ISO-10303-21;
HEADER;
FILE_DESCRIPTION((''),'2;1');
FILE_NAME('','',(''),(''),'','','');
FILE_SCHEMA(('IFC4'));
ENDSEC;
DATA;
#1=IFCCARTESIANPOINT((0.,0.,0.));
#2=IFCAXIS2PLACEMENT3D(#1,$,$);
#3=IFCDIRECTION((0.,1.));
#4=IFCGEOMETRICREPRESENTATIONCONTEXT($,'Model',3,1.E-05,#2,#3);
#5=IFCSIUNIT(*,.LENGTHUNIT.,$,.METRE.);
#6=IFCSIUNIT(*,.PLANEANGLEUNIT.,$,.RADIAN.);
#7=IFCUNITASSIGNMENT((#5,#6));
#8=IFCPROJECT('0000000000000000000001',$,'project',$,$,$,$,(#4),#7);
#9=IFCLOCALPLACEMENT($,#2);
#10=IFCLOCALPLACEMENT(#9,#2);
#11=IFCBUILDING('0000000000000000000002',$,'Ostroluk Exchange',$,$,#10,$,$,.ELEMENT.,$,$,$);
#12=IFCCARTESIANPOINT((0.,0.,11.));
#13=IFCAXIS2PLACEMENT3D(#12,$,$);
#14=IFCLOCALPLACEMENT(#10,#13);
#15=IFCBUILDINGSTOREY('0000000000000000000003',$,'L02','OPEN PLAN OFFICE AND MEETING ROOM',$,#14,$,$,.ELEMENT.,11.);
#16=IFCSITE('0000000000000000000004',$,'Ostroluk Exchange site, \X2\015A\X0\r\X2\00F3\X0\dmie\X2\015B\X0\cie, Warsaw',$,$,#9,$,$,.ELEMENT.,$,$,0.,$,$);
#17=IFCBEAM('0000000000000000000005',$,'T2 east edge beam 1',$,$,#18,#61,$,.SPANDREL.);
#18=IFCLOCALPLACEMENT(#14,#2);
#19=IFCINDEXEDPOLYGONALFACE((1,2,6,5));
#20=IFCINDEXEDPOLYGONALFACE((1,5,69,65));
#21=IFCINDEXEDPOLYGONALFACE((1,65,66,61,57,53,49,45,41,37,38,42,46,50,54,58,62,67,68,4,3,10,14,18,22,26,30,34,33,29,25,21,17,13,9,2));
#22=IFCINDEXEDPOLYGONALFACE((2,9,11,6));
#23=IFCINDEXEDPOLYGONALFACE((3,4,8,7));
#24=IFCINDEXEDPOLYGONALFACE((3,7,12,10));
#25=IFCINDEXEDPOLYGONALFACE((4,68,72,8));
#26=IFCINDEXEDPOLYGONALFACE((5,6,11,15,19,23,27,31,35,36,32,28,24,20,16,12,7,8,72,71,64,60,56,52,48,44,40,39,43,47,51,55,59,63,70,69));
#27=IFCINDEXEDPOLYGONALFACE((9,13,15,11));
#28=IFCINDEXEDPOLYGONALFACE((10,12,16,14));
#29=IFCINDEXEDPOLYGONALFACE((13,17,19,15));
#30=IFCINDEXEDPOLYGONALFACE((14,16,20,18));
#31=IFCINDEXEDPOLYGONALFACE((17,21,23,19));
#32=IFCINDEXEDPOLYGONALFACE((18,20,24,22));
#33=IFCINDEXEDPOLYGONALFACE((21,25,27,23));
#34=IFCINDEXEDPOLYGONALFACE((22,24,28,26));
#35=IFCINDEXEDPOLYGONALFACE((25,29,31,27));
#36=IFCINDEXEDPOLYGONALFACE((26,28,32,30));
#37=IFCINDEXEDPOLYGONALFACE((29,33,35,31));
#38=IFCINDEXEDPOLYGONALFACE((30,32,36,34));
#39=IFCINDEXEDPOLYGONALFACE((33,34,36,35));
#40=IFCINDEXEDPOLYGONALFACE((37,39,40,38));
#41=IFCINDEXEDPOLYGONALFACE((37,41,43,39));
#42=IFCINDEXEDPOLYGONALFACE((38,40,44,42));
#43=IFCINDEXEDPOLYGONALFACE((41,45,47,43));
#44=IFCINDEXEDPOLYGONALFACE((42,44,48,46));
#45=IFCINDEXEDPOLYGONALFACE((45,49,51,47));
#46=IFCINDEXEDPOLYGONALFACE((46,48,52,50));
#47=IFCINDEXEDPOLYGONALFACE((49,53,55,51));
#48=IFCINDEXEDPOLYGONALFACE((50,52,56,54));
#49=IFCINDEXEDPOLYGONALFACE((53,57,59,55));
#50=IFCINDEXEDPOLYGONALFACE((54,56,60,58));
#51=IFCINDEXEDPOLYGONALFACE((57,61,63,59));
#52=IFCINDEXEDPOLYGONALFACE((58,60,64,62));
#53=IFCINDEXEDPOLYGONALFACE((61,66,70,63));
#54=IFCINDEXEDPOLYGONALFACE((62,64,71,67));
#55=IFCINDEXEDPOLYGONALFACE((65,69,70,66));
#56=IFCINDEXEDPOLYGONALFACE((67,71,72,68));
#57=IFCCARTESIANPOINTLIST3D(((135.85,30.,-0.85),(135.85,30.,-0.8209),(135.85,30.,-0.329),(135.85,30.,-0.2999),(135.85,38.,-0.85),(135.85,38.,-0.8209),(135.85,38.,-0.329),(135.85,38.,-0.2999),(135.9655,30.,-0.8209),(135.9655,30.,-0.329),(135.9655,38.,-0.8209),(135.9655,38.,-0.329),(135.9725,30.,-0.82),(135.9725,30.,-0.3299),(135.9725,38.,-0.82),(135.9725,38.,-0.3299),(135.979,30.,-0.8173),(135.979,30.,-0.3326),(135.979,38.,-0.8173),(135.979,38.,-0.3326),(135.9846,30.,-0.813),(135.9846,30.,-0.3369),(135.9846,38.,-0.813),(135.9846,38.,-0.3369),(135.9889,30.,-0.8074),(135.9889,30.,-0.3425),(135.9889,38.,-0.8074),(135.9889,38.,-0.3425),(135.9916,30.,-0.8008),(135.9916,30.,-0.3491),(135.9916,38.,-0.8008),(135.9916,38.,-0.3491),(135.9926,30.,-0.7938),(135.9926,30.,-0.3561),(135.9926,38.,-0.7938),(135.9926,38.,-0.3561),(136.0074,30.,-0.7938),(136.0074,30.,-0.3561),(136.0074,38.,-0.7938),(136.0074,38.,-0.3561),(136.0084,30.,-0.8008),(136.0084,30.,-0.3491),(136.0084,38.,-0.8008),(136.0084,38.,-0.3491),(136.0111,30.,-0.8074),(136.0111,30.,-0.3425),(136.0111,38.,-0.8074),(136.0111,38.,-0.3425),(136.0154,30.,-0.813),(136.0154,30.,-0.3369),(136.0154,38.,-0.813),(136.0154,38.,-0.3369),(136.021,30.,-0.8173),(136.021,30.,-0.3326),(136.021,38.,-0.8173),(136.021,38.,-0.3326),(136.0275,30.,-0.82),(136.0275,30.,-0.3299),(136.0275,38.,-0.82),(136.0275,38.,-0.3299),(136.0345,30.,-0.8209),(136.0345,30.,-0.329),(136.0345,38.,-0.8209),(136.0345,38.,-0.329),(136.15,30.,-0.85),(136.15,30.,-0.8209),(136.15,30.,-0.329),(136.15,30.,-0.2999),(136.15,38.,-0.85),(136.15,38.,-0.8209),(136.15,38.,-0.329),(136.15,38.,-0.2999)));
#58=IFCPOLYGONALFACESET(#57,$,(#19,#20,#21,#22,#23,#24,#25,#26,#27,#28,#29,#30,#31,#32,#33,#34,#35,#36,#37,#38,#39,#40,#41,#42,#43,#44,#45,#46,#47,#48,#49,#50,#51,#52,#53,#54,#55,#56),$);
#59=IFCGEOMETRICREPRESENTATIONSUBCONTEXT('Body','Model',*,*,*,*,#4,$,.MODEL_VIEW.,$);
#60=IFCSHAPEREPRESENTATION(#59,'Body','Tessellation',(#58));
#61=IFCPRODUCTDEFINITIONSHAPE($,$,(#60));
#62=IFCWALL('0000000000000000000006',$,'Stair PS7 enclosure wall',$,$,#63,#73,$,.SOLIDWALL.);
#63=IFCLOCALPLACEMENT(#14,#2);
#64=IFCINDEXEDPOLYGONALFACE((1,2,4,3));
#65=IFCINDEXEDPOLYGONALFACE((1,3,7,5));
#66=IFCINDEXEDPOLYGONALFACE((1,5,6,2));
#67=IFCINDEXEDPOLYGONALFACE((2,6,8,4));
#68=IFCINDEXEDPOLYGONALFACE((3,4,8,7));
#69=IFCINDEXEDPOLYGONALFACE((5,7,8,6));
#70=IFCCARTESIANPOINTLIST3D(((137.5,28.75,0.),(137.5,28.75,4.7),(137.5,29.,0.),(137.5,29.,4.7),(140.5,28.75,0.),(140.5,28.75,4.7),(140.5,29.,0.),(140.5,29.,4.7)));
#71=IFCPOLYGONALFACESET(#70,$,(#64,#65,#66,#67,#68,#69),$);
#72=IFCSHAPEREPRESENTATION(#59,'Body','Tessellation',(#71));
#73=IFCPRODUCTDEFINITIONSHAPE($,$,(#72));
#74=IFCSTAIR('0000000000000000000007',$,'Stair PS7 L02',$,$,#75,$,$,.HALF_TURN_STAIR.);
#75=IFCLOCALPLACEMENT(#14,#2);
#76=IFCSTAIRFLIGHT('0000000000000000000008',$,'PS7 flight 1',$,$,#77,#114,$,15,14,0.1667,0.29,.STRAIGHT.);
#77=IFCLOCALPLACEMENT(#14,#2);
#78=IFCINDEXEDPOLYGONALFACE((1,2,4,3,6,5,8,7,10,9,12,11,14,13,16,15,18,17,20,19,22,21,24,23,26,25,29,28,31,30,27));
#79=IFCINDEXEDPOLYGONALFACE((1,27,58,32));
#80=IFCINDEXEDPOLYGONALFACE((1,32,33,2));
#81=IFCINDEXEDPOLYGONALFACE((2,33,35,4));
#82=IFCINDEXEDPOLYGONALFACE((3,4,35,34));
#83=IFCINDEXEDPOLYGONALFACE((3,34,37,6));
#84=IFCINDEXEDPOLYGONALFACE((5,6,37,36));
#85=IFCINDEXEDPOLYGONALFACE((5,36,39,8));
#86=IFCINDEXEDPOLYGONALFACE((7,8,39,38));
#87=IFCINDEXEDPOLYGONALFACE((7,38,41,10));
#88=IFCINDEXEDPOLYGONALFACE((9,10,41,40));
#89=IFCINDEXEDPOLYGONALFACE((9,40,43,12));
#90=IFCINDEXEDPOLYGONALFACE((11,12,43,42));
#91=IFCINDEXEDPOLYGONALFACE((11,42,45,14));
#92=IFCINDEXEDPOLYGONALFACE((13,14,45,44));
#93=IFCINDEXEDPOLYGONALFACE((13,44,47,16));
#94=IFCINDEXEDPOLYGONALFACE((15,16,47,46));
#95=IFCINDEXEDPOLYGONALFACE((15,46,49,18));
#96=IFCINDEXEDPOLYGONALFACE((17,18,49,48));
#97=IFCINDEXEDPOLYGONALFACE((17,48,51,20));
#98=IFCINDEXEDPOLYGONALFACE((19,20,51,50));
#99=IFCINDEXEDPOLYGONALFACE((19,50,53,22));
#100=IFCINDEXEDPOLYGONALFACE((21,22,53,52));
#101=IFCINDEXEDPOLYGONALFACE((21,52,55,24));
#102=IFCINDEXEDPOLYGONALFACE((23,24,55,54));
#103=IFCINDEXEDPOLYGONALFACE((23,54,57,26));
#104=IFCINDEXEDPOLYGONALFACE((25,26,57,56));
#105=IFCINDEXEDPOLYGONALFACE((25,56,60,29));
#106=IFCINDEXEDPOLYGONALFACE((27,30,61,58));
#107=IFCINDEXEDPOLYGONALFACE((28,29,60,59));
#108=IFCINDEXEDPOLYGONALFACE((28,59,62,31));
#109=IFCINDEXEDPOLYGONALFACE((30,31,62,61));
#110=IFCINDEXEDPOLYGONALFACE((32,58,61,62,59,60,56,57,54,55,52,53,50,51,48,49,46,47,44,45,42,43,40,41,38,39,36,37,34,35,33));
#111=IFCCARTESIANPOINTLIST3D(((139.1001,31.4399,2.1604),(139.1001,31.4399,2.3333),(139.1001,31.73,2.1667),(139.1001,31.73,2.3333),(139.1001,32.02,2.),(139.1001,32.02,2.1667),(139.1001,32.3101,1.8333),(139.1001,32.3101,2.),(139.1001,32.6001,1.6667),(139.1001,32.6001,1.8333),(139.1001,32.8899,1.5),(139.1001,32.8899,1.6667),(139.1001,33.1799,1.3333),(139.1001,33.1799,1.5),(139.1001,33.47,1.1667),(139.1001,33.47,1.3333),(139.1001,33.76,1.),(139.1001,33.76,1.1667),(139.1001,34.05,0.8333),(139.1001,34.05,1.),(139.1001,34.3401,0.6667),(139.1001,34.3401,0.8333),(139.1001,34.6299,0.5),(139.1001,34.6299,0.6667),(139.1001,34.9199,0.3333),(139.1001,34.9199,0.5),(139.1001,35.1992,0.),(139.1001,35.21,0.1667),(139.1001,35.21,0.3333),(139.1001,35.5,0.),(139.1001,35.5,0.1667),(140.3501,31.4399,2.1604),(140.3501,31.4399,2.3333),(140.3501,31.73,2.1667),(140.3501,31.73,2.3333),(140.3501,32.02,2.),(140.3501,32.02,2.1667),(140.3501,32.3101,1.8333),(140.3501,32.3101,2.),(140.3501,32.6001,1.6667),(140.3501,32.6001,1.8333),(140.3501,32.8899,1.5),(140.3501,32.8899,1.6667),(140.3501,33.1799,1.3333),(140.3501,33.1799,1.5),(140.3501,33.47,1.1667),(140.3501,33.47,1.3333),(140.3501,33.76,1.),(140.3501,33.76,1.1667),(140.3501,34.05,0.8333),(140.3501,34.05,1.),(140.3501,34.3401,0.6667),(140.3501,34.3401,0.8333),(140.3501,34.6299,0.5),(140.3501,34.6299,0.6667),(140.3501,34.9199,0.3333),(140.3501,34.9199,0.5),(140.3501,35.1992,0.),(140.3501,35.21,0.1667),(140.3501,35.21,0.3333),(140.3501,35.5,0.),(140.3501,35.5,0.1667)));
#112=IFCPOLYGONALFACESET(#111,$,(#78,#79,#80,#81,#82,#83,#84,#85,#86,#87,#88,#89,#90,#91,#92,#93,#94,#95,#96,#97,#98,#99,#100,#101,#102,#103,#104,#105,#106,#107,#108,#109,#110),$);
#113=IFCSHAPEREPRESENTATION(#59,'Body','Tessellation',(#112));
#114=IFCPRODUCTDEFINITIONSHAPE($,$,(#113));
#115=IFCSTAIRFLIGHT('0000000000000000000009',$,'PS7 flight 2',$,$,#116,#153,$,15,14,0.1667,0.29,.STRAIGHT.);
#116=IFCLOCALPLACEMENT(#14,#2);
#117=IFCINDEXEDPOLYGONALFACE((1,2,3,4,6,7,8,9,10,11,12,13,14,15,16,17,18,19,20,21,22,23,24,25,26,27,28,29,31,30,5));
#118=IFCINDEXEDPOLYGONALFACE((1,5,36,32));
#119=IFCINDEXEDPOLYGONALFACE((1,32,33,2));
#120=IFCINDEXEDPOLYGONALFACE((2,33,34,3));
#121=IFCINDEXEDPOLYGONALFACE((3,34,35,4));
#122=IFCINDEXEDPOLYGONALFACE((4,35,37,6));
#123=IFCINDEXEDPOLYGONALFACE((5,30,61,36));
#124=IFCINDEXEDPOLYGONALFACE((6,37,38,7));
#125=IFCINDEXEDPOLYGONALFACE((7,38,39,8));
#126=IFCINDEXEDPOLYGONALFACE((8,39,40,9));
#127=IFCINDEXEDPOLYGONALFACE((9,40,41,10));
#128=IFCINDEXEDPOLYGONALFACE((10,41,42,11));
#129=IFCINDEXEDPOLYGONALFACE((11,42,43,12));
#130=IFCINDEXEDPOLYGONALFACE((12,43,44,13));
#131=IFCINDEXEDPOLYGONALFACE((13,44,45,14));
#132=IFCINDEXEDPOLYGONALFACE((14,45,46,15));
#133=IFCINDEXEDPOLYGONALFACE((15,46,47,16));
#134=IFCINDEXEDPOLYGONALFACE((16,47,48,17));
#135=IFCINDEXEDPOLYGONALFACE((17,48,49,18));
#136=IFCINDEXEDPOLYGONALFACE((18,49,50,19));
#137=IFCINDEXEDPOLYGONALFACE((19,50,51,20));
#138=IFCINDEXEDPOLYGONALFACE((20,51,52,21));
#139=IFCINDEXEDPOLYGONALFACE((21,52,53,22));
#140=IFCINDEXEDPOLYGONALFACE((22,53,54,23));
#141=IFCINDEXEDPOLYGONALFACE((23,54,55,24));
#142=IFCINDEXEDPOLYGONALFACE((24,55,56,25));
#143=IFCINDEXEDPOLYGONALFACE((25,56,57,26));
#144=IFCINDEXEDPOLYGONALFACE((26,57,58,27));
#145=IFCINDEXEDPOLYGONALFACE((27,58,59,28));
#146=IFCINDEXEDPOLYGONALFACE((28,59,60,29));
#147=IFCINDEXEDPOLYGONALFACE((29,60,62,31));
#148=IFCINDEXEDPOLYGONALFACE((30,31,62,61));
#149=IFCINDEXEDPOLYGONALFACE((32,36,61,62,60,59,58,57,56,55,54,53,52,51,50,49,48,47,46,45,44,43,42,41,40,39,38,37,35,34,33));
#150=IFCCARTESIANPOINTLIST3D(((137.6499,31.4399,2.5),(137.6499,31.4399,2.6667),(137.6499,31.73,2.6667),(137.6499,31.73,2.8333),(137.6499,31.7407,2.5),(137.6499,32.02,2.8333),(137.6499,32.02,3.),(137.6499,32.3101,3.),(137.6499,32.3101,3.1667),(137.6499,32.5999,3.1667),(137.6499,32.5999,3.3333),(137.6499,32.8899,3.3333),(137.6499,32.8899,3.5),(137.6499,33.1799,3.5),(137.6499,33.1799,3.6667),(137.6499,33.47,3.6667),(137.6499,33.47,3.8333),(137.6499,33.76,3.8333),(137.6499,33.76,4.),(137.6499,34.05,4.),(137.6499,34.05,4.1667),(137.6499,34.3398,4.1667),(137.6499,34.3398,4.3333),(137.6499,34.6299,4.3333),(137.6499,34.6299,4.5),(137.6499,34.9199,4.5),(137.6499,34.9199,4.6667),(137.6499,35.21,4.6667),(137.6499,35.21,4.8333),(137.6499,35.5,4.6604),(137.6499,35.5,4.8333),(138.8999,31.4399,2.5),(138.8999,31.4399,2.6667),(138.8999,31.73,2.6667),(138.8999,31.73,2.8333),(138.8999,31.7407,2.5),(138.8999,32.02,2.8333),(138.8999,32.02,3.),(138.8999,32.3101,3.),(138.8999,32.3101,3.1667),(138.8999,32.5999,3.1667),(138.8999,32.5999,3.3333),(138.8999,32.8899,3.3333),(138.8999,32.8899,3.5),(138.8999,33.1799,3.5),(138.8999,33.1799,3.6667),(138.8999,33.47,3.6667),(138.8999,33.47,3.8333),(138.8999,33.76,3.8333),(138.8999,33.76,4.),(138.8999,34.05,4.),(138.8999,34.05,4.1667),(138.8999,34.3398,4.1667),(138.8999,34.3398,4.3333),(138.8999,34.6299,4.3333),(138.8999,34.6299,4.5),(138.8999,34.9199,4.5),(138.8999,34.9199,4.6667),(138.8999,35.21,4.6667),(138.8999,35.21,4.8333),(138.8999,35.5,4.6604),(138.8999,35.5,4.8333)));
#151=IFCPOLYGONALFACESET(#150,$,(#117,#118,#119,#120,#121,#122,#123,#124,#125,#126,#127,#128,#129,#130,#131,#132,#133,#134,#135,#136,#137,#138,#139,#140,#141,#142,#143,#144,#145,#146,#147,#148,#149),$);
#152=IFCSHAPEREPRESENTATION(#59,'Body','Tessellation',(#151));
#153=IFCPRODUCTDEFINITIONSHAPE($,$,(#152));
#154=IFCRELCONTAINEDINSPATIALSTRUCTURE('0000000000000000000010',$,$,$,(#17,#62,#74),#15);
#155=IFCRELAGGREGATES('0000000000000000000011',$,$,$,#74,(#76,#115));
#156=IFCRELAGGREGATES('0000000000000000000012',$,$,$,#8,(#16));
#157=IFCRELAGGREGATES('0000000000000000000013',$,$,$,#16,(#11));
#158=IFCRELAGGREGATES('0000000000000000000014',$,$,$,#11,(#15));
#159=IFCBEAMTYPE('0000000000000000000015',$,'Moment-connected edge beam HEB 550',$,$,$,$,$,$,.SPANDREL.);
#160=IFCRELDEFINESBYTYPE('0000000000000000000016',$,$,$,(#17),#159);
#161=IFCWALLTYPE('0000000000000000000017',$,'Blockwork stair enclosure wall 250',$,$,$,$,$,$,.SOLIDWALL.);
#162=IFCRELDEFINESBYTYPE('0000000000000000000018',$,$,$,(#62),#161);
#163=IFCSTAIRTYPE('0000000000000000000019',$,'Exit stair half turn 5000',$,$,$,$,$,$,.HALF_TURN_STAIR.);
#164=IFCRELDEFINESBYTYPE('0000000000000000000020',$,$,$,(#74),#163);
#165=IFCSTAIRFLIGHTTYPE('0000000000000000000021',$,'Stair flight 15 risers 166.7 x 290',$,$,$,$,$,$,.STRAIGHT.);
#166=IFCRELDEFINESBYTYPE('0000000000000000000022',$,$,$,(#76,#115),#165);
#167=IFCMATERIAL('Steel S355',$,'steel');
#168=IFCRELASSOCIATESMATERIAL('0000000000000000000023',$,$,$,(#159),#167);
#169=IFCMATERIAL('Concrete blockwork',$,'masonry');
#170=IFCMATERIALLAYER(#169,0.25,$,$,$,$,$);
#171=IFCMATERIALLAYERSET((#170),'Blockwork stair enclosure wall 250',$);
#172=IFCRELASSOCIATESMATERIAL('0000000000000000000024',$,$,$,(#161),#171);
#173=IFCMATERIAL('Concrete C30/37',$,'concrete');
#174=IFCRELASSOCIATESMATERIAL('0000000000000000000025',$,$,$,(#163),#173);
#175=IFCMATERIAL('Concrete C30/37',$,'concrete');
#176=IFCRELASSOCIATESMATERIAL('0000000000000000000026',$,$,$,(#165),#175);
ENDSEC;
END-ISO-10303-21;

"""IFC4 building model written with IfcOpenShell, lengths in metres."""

from ifc_helpers import new_model, si_unit, direction, frame, frame_2d, origin, origin_2d, place, context, subcontext, project, spatial, polyline, rectangle, i_section, outline, extrude, material, layer, layer_set, material_profile, profile_set, type_object, element, aggregate, save


model = new_model("IFC4")

# Units and contexts
model_context = context("Model", 3, precision=1e-05, world=origin(), true_north=direction((0.0, 1.0)))
body_context = subcontext(model_context, "Body", "Model", "MODEL_VIEW")
ifc_project = project(units=[si_unit("LENGTHUNIT", "METRE"), si_unit("PLANEANGLEUNIT", "RADIAN")], contexts=[model_context])

# Site, building, storey
site_placement = place(None, origin())
site = spatial("IfcSite", under=ifc_project, at=site_placement, Name="Ostroluk Exchange site, Śródmieście, Warsaw", CompositionType="ELEMENT", RefElevation=0.0)
building_placement = place(site_placement, origin())
building = spatial("IfcBuilding", under=site, at=building_placement, Name="Ostroluk Exchange", CompositionType="ELEMENT")
storey_placement = place(building_placement, frame((0.0, 0.0, 11.0)))
storey = spatial("IfcBuildingStorey", under=building, at=storey_placement, Name="L02", Description="OPEN PLAN OFFICE AND MEETING ROOM", CompositionType="ELEMENT", Elevation=11.0)

# Beam
ifc_material_1 = material(Name="Steel S355", Category="steel")
ifc_material_profile_1 = material_profile(ifc_material_1, i_section(OverallWidth=0.3, OverallDepth=0.55, WebThickness=0.0149, FlangeThickness=0.0291, FilletRadius=0.0271, at=origin_2d()), Name="HEB 550")
ifc_profile_set_1 = profile_set([ifc_material_profile_1], Name="Steel S355")
beam_type_1 = type_object("IfcBeamType", Name="Moment-connected edge beam HEB 550", PredefinedType="SPANDREL", material=ifc_profile_set_1)
beam_placement = place(storey_placement, frame((136.0, 30.0, -0.575), z_axis=(0.0, 1.0, 0.0), x_axis=(-1.0, 0.0, 0.0)))
element("IfcBeam", 1, at=beam_placement, inside=storey, type_object=beam_type_1, Name="T2 east edge beam 1", PredefinedType="SPANDREL", context=body_context, shape_type="SweptSolid", body=[
    extrude(i_section(OverallWidth=0.3, OverallDepth=0.55, WebThickness=0.0149, FlangeThickness=0.0291, FilletRadius=0.0271, at=origin_2d()), origin(), (0.0, 0.0, 1.0), 8.0),
])

# Wall
ifc_material_2 = material(Name="Concrete blockwork", Category="masonry")
ifc_layer = layer(ifc_material_2, 0.25)
ifc_layer_set = layer_set([ifc_layer], Name="Blockwork stair enclosure wall 250")
wall_type = type_object("IfcWallType", Name="Blockwork stair enclosure wall 250", PredefinedType="SOLIDWALL", material=ifc_layer_set)
wall_placement = place(storey_placement, frame((137.5, 28.875, 0.0), z_axis=(0.0, 0.0, 1.0), x_axis=(1.0, 0.0, 0.0)))
element("IfcWall", 2, at=wall_placement, inside=storey, type_object=wall_type, Name="Stair PS7 enclosure wall", PredefinedType="SOLIDWALL", context=body_context, shape_type="SweptSolid", body=[
    extrude(rectangle(XDim=3.0, YDim=0.25, at=frame_2d((1.5, 0.0))), origin(), (0.0, 0.0, 1.0), 4.7),
])

# Stair, stair flights
ifc_material_3 = material(Name="Concrete C30/37", Category="concrete")
stair_type = type_object("IfcStairType", Name="Exit stair half turn 5000", PredefinedType="HALF_TURN_STAIR", material=ifc_material_3)
stair_placement = place(storey_placement, origin())
stair = element("IfcStair", 3, at=stair_placement, inside=storey, type_object=stair_type, Name="Stair PS7 L02", PredefinedType="HALF_TURN_STAIR")
ifc_material_4 = material(Name="Concrete C30/37", Category="concrete")
stair_flight_type = type_object("IfcStairFlightType", Name="Stair flight 15 risers 166.7 x 290", PredefinedType="STRAIGHT", material=ifc_material_4)
stair_flight_1_placement = place(storey_placement, frame((139.7251, 35.5, 0.0), z_axis=(0.0, 0.0, 1.0), x_axis=(0.0, -1.0, 0.0)))
stair_flight_1 = element("IfcStairFlight", 4, at=stair_flight_1_placement, type_object=stair_flight_type, Name="PS7 flight 1", NumberOfRisers=15, NumberOfTreads=14, PredefinedType="STRAIGHT", RiserHeight=0.1667, TreadLength=0.29, context=body_context, shape_type="SweptSolid", body=[
    extrude(outline(polyline([(0.0, 0.0), (0.0, 0.1667), (0.29, 0.1667), (0.29, 0.3333), (0.5801, 0.3333), (0.5801, 0.5), (0.8701, 0.5), (0.8701, 0.6667), (1.1599, 0.6667), (1.1599, 0.8333), (1.45, 0.8333), (1.45, 1.0), (1.74, 1.0), (1.74, 1.1667), (2.03, 1.1667), (2.03, 1.3333), (2.3201, 1.3333), (2.3201, 1.5), (2.6101, 1.5), (2.6101, 1.6667), (2.8999, 1.6667), (2.8999, 1.8333), (3.1899, 1.8333), (3.1899, 2.0), (3.48, 2.0), (3.48, 2.1667), (3.77, 2.1667), (3.77, 2.3333), (4.0601, 2.3333), (4.0601, 2.5), (4.0601, 2.1604), (0.3008, 0.0), (0.0, 0.0)])), frame((0.0, 0.625, 0.0), z_axis=(0.0, -1.0, 0.0), x_axis=(1.0, 0.0, 0.0)), (0.0, 0.0, 1.0), 1.25),
])
stair_flight_2_placement = place(storey_placement, frame((138.2749, 31.4399, 2.5), z_axis=(0.0, 0.0, 1.0), x_axis=(0.0, 1.0, 0.0)))
stair_flight_2 = element("IfcStairFlight", 5, at=stair_flight_2_placement, type_object=stair_flight_type, Name="PS7 flight 2", NumberOfRisers=15, NumberOfTreads=14, PredefinedType="STRAIGHT", RiserHeight=0.1667, TreadLength=0.29, context=body_context, shape_type="SweptSolid", body=[
    extrude(outline(polyline([(0.0, 0.0), (0.0, 0.1667), (0.29, 0.1667), (0.29, 0.3333), (0.5801, 0.3333), (0.5801, 0.5), (0.8701, 0.5), (0.8701, 0.6667), (1.1599, 0.6667), (1.1599, 0.8333), (1.45, 0.8333), (1.45, 1.0), (1.74, 1.0), (1.74, 1.1667), (2.03, 1.1667), (2.03, 1.3333), (2.3201, 1.3333), (2.3201, 1.5), (2.6101, 1.5), (2.6101, 1.6667), (2.8999, 1.6667), (2.8999, 1.8333), (3.1899, 1.8333), (3.1899, 2.0), (3.48, 2.0), (3.48, 2.1667), (3.77, 2.1667), (3.77, 2.3333), (4.0601, 2.3333), (4.0601, 2.5), (4.0601, 2.1604), (0.3008, 0.0), (0.0, 0.0)])), frame((0.0, 0.625, 0.0), z_axis=(0.0, -1.0, 0.0), x_axis=(1.0, 0.0, 0.0)), (0.0, 0.0, 1.0), 1.25),
])
aggregate(stair, [stair_flight_1, stair_flight_2])

save(model, "model.ifc")
